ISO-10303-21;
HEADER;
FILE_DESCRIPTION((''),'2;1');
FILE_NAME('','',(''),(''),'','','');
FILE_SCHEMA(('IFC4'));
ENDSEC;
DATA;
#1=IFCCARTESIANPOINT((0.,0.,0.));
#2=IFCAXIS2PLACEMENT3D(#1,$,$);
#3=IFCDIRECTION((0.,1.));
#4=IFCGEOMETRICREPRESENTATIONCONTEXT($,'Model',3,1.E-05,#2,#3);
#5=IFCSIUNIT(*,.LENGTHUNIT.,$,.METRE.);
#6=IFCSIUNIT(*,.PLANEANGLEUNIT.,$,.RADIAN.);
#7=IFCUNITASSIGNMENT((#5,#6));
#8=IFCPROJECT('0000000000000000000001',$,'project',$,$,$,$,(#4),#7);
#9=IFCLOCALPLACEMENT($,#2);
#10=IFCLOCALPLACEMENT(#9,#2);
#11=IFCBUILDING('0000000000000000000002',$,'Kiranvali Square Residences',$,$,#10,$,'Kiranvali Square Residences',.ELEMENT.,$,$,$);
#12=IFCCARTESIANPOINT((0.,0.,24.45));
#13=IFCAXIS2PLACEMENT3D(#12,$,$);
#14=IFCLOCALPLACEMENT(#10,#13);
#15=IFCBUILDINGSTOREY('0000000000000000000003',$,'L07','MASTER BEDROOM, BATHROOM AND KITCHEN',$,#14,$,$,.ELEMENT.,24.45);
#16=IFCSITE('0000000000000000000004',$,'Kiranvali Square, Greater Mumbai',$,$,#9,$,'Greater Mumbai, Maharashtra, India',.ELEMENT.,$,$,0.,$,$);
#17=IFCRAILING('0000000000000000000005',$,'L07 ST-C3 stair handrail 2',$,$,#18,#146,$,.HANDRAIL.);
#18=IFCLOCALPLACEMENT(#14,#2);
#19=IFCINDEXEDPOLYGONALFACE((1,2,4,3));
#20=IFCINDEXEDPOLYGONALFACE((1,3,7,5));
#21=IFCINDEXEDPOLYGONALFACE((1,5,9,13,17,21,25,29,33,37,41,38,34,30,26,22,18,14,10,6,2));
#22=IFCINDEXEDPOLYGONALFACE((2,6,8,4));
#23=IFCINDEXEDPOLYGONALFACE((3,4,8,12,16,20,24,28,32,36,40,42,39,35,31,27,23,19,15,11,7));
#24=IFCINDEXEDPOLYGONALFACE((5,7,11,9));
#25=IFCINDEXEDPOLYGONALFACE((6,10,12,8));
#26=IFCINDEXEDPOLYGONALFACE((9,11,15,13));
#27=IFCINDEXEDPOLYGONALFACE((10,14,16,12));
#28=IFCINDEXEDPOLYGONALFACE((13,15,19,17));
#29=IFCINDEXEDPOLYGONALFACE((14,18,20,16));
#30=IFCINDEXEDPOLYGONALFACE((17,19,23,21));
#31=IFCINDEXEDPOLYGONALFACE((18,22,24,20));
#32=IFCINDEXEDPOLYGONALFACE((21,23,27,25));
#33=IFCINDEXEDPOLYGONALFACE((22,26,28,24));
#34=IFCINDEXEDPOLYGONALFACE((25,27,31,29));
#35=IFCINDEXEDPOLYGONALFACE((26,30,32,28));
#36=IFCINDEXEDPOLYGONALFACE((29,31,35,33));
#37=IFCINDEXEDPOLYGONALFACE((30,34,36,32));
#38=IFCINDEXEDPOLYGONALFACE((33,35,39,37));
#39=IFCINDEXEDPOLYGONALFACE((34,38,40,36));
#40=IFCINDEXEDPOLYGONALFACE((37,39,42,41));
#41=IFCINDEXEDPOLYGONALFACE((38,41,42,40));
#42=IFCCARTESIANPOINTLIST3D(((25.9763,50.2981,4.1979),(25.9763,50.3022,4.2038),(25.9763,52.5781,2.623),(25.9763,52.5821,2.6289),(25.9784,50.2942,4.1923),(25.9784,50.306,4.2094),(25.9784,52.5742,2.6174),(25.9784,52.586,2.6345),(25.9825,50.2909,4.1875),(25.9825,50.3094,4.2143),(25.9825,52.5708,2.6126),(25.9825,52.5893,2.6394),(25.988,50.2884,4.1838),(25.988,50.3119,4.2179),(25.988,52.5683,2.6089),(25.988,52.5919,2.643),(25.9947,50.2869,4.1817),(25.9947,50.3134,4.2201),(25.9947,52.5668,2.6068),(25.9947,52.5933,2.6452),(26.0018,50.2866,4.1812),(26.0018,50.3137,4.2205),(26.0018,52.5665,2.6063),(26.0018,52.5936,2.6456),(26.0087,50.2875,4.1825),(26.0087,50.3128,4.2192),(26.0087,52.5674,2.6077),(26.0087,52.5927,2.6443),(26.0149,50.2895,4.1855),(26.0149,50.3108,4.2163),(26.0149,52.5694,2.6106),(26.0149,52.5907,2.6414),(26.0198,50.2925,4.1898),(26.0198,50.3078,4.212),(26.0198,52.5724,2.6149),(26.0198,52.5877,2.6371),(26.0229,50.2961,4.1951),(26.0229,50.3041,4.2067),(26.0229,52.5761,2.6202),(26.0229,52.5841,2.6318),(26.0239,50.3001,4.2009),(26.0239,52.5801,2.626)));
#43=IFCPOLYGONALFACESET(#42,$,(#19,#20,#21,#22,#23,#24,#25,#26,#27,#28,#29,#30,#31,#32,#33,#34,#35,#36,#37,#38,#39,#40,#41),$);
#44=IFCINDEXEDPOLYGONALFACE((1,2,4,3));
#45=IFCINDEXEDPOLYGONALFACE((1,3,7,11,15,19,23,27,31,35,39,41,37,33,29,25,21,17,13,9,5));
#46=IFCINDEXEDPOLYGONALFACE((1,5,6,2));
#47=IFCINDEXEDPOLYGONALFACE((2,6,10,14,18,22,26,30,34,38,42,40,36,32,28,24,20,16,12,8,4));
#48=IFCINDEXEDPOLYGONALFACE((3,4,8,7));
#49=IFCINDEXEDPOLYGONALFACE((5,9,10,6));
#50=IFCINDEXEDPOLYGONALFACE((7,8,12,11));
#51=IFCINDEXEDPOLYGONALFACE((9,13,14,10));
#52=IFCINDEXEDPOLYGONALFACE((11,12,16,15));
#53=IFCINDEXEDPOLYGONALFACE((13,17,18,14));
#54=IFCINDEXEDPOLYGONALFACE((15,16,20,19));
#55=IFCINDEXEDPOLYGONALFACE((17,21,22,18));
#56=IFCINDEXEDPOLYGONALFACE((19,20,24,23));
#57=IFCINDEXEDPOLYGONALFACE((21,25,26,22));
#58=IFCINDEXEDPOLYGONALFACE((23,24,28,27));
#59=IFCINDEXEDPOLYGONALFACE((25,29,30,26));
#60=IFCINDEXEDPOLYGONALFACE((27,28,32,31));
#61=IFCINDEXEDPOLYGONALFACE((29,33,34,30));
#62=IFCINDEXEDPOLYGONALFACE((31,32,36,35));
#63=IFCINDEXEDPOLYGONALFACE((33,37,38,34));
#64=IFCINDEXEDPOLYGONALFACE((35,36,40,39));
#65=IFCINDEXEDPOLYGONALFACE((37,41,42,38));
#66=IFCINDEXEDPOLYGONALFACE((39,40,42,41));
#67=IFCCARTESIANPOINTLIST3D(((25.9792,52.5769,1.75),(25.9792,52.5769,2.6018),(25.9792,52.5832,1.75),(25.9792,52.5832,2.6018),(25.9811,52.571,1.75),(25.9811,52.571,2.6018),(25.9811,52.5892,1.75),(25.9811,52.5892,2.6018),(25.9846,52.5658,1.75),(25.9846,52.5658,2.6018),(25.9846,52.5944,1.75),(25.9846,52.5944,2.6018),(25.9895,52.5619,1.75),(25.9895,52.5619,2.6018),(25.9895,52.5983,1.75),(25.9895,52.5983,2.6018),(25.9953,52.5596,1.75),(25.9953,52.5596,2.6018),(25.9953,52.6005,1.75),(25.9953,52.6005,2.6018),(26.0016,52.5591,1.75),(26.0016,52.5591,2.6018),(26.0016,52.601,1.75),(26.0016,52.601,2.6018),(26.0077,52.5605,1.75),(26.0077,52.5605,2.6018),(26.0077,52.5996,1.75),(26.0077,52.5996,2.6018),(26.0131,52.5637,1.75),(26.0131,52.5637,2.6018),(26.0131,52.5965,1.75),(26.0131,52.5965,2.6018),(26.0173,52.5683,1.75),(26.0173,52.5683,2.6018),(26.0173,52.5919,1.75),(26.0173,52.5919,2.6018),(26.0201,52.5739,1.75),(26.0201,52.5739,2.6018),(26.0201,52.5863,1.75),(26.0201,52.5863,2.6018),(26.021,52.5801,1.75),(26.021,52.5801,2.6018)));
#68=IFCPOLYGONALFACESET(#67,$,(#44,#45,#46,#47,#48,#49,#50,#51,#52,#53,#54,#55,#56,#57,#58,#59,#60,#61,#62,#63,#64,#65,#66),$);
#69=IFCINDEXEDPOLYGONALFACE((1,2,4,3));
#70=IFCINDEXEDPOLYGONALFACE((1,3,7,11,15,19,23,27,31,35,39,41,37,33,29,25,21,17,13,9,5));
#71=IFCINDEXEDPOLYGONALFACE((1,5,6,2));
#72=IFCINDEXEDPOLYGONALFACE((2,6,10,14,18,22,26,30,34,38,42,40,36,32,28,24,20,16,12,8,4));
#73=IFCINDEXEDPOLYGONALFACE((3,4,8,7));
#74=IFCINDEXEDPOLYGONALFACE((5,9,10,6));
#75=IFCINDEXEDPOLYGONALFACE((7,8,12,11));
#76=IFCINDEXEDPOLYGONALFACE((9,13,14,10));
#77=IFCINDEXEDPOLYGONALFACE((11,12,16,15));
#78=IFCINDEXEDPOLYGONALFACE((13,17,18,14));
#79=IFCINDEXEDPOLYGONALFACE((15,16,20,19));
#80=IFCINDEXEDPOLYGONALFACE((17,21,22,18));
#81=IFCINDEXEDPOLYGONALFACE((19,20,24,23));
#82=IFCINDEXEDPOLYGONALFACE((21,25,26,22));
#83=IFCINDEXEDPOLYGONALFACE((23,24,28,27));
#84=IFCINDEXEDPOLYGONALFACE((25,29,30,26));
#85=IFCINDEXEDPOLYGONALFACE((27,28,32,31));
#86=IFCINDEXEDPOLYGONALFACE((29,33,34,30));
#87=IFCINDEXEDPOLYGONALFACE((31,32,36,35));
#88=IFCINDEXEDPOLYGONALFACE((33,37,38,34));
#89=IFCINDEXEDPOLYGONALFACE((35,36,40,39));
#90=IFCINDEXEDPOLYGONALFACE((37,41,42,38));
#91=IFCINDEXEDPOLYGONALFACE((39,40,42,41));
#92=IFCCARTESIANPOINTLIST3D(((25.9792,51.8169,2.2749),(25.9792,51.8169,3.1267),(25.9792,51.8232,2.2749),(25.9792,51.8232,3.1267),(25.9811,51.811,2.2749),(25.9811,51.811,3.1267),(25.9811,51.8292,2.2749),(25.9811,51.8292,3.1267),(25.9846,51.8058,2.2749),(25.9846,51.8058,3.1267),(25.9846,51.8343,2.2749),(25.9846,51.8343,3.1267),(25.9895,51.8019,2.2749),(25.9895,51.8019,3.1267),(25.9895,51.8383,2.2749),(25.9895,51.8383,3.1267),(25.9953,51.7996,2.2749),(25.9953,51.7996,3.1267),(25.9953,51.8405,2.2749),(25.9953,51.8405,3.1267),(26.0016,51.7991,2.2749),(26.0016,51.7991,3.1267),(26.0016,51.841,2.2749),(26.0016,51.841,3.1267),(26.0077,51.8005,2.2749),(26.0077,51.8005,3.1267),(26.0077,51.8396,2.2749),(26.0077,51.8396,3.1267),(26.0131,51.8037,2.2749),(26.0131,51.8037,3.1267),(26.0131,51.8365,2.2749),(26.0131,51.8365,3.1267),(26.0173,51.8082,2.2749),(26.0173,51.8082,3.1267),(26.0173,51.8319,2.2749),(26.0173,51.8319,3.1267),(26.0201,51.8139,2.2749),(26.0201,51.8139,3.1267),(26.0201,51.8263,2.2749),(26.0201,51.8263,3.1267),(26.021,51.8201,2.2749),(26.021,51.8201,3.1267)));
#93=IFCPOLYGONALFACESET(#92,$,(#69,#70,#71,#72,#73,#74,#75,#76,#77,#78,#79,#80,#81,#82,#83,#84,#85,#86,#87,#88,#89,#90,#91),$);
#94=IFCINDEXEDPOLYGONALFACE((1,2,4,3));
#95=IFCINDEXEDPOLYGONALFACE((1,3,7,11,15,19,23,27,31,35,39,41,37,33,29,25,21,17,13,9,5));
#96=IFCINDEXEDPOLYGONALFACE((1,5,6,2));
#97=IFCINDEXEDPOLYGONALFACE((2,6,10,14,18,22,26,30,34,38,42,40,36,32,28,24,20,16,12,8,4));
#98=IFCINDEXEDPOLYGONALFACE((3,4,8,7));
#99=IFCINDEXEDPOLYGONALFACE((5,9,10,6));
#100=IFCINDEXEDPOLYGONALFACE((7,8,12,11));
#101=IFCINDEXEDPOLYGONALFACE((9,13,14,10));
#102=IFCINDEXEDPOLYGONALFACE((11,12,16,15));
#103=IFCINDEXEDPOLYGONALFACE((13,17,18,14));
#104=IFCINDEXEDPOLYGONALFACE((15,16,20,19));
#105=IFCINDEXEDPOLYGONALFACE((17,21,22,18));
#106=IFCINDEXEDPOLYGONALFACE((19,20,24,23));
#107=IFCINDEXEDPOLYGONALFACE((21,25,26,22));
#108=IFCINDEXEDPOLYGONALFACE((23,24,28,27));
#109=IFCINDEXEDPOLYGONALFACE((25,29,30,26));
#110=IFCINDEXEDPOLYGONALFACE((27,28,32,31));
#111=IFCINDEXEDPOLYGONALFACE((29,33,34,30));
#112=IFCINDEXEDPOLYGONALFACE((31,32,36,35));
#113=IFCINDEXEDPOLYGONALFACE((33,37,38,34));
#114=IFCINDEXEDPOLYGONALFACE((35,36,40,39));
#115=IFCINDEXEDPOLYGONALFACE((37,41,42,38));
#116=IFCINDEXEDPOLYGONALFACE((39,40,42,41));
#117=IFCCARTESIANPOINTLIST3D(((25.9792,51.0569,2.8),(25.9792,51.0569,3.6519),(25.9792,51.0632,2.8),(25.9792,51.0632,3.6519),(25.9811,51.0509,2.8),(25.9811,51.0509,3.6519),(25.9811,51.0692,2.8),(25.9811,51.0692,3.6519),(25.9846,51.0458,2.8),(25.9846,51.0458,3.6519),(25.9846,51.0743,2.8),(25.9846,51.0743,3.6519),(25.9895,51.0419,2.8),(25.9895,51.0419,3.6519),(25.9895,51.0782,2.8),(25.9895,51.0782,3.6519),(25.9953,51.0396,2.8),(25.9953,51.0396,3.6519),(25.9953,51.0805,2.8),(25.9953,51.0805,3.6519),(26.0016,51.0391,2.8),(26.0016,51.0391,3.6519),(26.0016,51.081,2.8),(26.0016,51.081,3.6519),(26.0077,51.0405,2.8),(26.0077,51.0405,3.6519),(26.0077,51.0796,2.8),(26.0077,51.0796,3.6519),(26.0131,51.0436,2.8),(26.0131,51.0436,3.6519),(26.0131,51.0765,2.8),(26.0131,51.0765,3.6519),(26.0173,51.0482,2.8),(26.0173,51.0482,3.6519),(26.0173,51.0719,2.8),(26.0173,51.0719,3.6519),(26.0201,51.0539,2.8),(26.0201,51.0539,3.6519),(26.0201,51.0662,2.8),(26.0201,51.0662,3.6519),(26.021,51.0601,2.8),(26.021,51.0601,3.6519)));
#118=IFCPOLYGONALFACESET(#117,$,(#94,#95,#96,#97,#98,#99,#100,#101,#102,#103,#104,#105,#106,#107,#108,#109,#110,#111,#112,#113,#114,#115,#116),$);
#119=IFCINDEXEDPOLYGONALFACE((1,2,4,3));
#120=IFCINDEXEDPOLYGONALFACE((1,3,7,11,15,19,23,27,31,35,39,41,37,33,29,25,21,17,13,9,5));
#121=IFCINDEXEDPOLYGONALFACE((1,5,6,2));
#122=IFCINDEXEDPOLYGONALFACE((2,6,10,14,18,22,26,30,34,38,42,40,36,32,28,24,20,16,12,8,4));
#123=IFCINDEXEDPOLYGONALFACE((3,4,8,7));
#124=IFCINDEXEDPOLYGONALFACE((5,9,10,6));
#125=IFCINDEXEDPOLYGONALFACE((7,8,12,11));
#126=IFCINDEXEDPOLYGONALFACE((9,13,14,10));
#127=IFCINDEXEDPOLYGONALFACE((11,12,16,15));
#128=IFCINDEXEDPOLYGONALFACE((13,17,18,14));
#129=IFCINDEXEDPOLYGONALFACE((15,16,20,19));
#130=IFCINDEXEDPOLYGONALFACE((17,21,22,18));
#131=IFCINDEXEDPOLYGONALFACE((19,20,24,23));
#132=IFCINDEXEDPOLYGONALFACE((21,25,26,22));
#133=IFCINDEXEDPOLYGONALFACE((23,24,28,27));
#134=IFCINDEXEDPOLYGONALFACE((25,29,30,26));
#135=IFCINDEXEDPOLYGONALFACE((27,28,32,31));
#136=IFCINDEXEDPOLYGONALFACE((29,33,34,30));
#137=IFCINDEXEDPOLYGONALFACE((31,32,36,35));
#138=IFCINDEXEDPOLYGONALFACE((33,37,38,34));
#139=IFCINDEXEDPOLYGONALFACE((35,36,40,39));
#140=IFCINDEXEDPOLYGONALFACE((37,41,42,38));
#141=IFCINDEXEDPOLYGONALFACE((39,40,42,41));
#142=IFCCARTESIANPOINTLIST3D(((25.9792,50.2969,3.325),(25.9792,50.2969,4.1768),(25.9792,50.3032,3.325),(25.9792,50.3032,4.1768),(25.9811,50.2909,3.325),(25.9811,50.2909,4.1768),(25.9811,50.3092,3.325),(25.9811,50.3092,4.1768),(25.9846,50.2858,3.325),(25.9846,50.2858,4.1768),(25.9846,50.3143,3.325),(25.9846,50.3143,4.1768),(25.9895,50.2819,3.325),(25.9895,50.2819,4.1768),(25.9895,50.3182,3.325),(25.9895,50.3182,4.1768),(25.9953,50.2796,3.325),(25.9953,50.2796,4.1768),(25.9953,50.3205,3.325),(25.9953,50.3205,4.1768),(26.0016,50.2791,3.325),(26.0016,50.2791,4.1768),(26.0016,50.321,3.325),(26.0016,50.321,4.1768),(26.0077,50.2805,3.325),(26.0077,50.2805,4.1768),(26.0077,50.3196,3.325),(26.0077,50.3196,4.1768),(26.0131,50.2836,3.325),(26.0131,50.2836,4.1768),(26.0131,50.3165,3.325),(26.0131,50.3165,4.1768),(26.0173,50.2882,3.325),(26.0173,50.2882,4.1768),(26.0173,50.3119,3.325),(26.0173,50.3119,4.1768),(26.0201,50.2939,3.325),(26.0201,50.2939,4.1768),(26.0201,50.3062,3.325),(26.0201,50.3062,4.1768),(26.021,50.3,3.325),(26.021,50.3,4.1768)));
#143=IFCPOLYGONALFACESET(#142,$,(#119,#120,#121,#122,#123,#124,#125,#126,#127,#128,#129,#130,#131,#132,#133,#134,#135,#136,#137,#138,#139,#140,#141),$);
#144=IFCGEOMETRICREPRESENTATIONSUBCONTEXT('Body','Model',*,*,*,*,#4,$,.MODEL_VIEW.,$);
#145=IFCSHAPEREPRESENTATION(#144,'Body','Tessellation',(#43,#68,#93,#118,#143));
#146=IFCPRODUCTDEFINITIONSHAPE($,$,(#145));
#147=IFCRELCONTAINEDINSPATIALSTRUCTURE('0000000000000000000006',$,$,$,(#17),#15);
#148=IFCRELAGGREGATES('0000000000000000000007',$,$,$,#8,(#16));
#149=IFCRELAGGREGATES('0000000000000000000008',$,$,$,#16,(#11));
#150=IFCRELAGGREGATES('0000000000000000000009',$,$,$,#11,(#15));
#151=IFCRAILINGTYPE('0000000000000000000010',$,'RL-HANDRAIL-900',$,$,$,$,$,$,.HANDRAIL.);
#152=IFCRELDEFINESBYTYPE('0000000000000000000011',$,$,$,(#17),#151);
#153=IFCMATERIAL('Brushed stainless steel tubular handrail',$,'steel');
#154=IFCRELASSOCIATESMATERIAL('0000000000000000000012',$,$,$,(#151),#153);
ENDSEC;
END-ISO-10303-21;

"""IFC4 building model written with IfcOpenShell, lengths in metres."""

from ifc_helpers import new_model, si_unit, direction, frame, origin, origin_2d, place, context, subcontext, project, spatial, circle, extrude, material, type_object, element, save


model = new_model("IFC4")

# Units and contexts
model_context = context("Model", 3, precision=1e-05, world=origin(), true_north=direction((0.0, 1.0)))
body_context = subcontext(model_context, "Body", "Model", "MODEL_VIEW")
ifc_project = project(units=[si_unit("LENGTHUNIT", "METRE"), si_unit("PLANEANGLEUNIT", "RADIAN")], contexts=[model_context])

# Site, building, storey
site_placement = place(None, origin())
site = spatial("IfcSite", under=ifc_project, at=site_placement, Name="Kiranvali Square, Greater Mumbai", LongName="Greater Mumbai, Maharashtra, India", CompositionType="ELEMENT", RefElevation=0.0)
building_placement = place(site_placement, origin())
building = spatial("IfcBuilding", under=site, at=building_placement, Name="Kiranvali Square Residences", LongName="Kiranvali Square Residences", CompositionType="ELEMENT")
storey_placement = place(building_placement, frame((0.0, 0.0, 24.45)))
storey = spatial("IfcBuildingStorey", under=building, at=storey_placement, Name="L07", Description="MASTER BEDROOM, BATHROOM AND KITCHEN", CompositionType="ELEMENT", Elevation=24.45)

# Railing
ifc_material_1 = material(Name="Brushed stainless steel tubular handrail", Category="steel")
railing_type_1 = type_object("IfcRailingType", Name="RL-HANDRAIL-900", PredefinedType="HANDRAIL", material=ifc_material_1)
railing_1_placement = place(storey_placement, frame((26.0, 52.5801, 1.75)))
element("IfcRailing", 1, at=railing_1_placement, inside=storey, type_object=railing_type_1, Name="L07 ST-C3 stair handrail 2", PredefinedType="HANDRAIL", context=body_context, shape_type="SweptSolid", body=[
    extrude(circle(Radius=0.0239, at=origin_2d()), frame((0.0, 0.0, 0.876), z_axis=(0.0, -0.822788, 0.568348), x_axis=(1.0, 0.0, 0.0)), (0.0, 0.0, 1.0), 2.771),
    extrude(circle(Radius=0.021, at=origin_2d()), origin(), (0.0, 0.0, 1.0), 0.8518),
    extrude(circle(Radius=0.021, at=origin_2d()), frame((0.0, -0.76, 0.5249)), (0.0, 0.0, 1.0), 0.8518),
    extrude(circle(Radius=0.021, at=origin_2d()), frame((0.0, -1.52, 1.05)), (0.0, 0.0, 1.0), 0.8518),
    extrude(circle(Radius=0.021, at=origin_2d()), frame((0.0, -2.28, 1.575)), (0.0, 0.0, 1.0), 0.8518),
])

save(model, "model.ifc")
